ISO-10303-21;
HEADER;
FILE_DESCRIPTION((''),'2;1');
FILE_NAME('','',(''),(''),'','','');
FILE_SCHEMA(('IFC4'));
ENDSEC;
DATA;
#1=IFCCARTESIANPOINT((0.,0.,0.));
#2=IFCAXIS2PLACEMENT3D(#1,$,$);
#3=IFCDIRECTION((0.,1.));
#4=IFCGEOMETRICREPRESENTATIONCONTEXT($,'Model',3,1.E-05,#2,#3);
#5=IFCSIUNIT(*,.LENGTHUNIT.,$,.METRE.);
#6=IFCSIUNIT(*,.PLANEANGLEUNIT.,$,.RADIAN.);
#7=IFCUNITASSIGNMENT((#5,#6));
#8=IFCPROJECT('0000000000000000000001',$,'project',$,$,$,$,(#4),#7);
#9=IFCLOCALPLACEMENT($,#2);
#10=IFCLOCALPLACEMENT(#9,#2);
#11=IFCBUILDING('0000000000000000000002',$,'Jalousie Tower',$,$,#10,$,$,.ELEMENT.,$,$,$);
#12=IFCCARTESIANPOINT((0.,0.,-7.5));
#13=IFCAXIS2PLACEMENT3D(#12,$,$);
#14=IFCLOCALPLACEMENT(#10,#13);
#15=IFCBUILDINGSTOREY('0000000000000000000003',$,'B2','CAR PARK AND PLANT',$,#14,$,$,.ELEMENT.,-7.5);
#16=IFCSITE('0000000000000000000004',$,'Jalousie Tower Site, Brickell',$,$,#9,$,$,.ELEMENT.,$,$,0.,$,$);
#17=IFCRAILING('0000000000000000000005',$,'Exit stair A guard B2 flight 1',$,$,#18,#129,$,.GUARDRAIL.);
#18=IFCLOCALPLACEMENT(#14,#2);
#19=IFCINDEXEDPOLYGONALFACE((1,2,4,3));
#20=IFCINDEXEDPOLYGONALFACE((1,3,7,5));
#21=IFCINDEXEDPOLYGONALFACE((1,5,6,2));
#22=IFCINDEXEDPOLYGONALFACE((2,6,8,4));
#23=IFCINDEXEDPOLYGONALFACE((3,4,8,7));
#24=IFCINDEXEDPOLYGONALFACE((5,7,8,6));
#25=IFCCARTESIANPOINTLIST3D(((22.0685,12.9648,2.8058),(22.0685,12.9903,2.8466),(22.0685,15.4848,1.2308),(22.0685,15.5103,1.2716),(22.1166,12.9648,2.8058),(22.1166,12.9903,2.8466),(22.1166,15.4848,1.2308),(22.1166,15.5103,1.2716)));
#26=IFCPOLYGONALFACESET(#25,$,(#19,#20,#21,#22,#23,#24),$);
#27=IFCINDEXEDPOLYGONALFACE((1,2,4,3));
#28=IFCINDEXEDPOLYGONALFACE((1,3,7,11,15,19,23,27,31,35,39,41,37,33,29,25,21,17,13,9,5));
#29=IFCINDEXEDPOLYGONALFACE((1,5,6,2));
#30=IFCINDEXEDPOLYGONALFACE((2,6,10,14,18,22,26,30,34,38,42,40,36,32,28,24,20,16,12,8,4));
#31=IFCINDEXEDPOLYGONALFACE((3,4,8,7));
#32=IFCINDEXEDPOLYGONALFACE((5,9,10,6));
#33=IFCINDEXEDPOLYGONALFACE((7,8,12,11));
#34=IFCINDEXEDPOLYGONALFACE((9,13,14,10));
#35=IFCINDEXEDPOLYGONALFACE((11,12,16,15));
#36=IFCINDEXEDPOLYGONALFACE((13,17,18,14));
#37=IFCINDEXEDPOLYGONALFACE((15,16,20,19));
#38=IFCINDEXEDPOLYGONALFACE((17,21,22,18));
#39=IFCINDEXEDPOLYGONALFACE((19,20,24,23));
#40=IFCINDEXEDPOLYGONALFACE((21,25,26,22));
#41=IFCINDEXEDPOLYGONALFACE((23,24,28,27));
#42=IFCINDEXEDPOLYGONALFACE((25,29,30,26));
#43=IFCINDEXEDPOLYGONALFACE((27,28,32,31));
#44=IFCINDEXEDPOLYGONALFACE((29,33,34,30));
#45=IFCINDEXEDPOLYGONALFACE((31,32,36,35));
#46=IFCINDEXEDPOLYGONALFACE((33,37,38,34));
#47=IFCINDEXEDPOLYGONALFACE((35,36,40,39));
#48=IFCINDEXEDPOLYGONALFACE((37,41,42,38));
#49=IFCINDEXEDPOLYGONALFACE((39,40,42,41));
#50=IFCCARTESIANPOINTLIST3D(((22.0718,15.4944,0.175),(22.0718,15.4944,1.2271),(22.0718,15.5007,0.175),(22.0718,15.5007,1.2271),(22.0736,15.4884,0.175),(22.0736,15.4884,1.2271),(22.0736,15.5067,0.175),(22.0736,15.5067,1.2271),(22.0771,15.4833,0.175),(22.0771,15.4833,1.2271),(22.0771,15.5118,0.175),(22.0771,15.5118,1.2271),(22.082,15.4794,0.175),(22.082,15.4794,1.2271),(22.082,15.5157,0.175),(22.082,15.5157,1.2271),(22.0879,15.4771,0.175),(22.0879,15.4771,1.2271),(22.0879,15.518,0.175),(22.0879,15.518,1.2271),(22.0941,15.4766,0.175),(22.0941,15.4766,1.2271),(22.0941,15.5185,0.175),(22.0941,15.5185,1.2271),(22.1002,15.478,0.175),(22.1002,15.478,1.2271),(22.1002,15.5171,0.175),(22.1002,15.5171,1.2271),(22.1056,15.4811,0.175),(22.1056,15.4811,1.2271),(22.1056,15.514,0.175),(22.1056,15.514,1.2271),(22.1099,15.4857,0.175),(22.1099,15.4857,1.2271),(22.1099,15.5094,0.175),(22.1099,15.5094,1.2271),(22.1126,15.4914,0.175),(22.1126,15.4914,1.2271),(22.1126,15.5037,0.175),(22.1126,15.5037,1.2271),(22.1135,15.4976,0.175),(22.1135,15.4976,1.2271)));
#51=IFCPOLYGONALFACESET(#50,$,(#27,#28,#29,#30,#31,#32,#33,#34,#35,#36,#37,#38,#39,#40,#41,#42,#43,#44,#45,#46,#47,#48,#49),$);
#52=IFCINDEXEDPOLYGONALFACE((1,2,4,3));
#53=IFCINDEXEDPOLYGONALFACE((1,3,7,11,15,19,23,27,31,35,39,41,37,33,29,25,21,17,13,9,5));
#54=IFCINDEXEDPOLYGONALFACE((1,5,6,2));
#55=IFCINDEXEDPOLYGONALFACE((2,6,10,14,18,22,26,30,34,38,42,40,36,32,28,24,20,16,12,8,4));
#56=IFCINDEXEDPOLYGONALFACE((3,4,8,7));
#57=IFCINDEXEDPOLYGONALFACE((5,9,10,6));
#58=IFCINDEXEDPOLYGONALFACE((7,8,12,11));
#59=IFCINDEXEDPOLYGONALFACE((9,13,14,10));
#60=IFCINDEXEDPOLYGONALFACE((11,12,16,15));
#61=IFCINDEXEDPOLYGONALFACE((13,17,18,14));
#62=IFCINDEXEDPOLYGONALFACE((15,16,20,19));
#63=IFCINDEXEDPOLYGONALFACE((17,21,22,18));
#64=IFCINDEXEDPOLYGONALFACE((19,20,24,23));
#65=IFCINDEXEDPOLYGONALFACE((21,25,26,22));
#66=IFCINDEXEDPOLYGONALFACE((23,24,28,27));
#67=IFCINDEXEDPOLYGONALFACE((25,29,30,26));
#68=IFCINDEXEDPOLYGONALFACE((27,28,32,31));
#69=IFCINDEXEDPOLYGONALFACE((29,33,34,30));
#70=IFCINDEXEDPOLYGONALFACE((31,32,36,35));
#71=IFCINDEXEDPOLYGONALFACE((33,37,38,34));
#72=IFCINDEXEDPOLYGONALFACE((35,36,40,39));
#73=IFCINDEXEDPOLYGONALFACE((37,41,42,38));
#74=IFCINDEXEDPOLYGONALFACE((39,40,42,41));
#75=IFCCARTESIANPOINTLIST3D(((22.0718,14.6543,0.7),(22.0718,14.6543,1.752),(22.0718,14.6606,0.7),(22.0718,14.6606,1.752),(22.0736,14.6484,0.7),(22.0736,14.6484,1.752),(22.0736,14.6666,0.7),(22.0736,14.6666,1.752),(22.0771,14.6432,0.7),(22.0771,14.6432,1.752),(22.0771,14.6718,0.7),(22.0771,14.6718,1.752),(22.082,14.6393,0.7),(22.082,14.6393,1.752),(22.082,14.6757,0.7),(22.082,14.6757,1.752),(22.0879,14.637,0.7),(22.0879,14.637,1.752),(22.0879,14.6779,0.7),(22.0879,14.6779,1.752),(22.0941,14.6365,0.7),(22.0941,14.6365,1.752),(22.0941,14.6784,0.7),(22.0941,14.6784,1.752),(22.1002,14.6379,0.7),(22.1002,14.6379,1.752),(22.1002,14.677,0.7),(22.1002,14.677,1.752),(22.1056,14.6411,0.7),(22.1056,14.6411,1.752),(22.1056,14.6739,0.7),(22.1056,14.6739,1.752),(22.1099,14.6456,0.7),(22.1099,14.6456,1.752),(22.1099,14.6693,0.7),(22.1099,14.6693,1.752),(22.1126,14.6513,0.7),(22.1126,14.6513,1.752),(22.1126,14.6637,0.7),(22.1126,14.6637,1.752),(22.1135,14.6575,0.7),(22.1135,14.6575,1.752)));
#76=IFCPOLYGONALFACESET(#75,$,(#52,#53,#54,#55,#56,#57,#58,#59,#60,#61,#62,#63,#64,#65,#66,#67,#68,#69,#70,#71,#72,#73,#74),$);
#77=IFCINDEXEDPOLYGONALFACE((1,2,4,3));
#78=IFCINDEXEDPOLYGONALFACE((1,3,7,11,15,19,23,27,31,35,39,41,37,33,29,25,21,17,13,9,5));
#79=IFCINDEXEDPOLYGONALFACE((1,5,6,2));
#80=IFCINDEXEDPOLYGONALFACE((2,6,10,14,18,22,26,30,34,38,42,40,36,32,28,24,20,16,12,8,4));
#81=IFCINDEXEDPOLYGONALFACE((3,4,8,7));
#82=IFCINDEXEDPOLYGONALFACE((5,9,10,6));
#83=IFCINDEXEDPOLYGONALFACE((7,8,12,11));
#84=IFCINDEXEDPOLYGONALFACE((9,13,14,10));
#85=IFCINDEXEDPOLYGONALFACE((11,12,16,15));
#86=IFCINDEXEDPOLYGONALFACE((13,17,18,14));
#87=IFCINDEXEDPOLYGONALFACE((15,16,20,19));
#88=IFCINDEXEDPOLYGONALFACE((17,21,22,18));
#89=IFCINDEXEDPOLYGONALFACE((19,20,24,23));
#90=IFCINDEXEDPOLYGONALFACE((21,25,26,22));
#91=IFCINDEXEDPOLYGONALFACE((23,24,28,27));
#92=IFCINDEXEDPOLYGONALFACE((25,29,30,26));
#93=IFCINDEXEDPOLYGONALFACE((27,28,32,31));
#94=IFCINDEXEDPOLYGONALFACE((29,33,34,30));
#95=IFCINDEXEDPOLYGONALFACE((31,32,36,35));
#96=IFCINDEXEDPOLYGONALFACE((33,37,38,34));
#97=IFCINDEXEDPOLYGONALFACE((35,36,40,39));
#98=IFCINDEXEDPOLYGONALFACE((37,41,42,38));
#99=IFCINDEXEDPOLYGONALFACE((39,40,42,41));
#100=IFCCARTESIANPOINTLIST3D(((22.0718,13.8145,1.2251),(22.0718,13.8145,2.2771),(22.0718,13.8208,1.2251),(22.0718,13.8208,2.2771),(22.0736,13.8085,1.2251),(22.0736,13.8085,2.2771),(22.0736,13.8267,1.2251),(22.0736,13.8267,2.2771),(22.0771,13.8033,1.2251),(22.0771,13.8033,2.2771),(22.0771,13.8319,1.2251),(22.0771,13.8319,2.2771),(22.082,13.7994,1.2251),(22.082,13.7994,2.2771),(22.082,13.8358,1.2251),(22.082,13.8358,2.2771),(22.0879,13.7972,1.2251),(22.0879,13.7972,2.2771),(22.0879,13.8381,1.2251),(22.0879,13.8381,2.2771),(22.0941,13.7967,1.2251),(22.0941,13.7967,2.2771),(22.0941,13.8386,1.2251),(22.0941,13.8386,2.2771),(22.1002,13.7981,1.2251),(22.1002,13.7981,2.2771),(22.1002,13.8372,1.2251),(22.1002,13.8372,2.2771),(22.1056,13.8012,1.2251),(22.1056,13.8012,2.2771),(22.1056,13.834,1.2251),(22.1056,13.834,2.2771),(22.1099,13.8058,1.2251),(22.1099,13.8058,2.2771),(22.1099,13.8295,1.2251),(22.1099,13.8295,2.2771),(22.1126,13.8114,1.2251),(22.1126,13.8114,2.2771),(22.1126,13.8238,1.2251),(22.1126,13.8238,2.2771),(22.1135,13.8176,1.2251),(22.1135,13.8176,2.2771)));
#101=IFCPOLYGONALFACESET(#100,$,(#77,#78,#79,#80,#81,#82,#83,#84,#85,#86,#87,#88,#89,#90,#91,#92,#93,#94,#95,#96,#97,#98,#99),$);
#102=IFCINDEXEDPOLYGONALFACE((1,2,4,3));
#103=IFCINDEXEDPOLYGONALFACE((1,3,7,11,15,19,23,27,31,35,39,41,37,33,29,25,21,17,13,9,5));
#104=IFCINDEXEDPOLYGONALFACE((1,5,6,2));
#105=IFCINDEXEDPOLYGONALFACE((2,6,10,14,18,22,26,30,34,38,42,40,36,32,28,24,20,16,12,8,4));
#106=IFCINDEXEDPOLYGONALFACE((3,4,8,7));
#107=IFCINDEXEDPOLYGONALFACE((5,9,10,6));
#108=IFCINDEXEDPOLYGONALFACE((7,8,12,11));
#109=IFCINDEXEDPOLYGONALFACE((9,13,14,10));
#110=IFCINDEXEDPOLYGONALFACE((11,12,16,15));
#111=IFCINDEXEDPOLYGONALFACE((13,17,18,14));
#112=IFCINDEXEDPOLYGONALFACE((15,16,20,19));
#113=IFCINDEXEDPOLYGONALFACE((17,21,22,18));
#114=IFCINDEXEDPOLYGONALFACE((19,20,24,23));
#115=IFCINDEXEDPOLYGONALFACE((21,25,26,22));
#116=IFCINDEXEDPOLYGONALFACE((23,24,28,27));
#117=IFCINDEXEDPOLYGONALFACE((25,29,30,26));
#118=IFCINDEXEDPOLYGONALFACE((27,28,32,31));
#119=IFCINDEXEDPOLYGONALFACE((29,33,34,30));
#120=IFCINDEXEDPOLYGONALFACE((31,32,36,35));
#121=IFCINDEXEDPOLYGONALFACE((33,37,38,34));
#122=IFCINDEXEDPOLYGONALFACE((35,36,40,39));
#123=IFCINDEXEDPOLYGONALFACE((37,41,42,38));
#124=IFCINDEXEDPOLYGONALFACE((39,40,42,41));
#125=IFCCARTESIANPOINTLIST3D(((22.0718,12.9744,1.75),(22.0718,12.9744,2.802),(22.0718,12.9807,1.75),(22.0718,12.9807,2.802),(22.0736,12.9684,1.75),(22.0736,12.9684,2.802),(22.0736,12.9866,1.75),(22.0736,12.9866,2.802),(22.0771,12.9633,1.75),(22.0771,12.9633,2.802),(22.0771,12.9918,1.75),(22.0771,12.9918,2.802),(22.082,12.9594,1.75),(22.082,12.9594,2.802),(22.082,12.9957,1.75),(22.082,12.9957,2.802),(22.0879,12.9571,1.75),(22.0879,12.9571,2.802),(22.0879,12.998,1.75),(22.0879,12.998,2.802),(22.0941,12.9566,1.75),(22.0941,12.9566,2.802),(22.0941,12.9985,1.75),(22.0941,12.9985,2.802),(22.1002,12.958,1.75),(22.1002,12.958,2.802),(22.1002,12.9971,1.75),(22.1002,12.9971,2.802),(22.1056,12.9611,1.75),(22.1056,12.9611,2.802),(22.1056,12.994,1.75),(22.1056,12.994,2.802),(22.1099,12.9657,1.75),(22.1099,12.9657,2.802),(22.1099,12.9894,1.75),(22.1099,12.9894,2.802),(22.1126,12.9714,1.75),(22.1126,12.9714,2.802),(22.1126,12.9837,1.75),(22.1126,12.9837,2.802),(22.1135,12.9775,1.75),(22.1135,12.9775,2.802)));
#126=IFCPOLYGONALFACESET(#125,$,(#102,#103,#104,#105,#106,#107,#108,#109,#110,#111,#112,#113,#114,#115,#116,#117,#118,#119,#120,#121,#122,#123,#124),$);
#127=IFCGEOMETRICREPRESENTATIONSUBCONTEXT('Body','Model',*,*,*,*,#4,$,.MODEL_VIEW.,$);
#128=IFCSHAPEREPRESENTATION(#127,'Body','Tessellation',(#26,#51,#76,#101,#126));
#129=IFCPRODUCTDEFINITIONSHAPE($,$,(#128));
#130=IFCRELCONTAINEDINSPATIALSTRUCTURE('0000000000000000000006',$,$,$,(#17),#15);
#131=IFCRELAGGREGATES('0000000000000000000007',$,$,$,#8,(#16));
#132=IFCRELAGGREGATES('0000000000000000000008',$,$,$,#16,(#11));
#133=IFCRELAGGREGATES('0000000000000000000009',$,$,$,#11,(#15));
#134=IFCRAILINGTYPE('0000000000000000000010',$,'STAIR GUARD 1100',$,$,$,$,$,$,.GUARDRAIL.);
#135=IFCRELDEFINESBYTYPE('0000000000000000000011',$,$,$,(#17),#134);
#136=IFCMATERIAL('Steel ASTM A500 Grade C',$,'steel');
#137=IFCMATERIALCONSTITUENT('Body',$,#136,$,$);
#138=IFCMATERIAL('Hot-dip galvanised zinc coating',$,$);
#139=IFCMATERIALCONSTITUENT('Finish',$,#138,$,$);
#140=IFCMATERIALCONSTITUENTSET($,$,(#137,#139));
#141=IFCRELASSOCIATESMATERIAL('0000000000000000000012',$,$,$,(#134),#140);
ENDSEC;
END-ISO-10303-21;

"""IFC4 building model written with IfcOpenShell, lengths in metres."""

from ifc_helpers import new_model, si_unit, direction, frame, origin, origin_2d, place, context, subcontext, project, spatial, rectangle, circle, extrude, material, constituent, constituent_set, type_object, element, save


model = new_model("IFC4")

# Units and contexts
model_context = context("Model", 3, precision=1e-05, world=origin(), true_north=direction((0.0, 1.0)))
body_context = subcontext(model_context, "Body", "Model", "MODEL_VIEW")
ifc_project = project(units=[si_unit("LENGTHUNIT", "METRE"), si_unit("PLANEANGLEUNIT", "RADIAN")], contexts=[model_context])

# Site, building, storey
site_placement = place(None, origin())
site = spatial("IfcSite", under=ifc_project, at=site_placement, Name="Jalousie Tower Site, Brickell", CompositionType="ELEMENT", RefElevation=0.0)
building_placement = place(site_placement, origin())
building = spatial("IfcBuilding", under=site, at=building_placement, Name="Jalousie Tower", CompositionType="ELEMENT")
storey_placement = place(building_placement, frame((0.0, 0.0, -7.5)))
storey = spatial("IfcBuildingStorey", under=building, at=storey_placement, Name="B2", Description="CAR PARK AND PLANT", CompositionType="ELEMENT", Elevation=-7.5)

# Railing
ifc_material_1 = material(Name="Steel ASTM A500 Grade C", Category="steel")
ifc_constituent_1 = constituent(ifc_material_1, Name="Body")
ifc_material_2 = material(Name="Hot-dip galvanised zinc coating")
ifc_constituent_2 = constituent(ifc_material_2, Name="Finish")
ifc_constituent_set_1 = constituent_set(constituents=[ifc_constituent_1, ifc_constituent_2])
railing_type_1 = type_object("IfcRailingType", Name="STAIR GUARD 1100", PredefinedType="GUARDRAIL", material=ifc_constituent_set_1)
railing_1_placement = place(storey_placement, frame((22.0925, 15.4976, 0.175)))
element("IfcRailing", 1, at=railing_1_placement, inside=storey, type_object=railing_type_1, Name="Exit stair A guard B2 flight 1", PredefinedType="GUARDRAIL", context=body_context, shape_type="SweptSolid", body=[
    extrude(rectangle(XDim=0.0481, YDim=0.0481, at=origin_2d()), frame((0.0, 0.0, 1.0762), z_axis=(0.0, -0.848008, 0.529984), x_axis=(1.0, 0.0, 0.0)), (0.0, 0.0, 1.0), 2.9717),
    extrude(circle(Radius=0.021, at=origin_2d()), origin(), (0.0, 0.0, 1.0), 1.052),
    extrude(circle(Radius=0.021, at=origin_2d()), frame((0.0, -0.8401, 0.5249)), (0.0, 0.0, 1.0), 1.052),
    extrude(circle(Radius=0.021, at=origin_2d()), frame((0.0, -1.6799, 1.05)), (0.0, 0.0, 1.0), 1.052),
    extrude(circle(Radius=0.021, at=origin_2d()), frame((0.0, -2.52, 1.575)), (0.0, 0.0, 1.0), 1.052),
])

save(model, "model.ifc")
